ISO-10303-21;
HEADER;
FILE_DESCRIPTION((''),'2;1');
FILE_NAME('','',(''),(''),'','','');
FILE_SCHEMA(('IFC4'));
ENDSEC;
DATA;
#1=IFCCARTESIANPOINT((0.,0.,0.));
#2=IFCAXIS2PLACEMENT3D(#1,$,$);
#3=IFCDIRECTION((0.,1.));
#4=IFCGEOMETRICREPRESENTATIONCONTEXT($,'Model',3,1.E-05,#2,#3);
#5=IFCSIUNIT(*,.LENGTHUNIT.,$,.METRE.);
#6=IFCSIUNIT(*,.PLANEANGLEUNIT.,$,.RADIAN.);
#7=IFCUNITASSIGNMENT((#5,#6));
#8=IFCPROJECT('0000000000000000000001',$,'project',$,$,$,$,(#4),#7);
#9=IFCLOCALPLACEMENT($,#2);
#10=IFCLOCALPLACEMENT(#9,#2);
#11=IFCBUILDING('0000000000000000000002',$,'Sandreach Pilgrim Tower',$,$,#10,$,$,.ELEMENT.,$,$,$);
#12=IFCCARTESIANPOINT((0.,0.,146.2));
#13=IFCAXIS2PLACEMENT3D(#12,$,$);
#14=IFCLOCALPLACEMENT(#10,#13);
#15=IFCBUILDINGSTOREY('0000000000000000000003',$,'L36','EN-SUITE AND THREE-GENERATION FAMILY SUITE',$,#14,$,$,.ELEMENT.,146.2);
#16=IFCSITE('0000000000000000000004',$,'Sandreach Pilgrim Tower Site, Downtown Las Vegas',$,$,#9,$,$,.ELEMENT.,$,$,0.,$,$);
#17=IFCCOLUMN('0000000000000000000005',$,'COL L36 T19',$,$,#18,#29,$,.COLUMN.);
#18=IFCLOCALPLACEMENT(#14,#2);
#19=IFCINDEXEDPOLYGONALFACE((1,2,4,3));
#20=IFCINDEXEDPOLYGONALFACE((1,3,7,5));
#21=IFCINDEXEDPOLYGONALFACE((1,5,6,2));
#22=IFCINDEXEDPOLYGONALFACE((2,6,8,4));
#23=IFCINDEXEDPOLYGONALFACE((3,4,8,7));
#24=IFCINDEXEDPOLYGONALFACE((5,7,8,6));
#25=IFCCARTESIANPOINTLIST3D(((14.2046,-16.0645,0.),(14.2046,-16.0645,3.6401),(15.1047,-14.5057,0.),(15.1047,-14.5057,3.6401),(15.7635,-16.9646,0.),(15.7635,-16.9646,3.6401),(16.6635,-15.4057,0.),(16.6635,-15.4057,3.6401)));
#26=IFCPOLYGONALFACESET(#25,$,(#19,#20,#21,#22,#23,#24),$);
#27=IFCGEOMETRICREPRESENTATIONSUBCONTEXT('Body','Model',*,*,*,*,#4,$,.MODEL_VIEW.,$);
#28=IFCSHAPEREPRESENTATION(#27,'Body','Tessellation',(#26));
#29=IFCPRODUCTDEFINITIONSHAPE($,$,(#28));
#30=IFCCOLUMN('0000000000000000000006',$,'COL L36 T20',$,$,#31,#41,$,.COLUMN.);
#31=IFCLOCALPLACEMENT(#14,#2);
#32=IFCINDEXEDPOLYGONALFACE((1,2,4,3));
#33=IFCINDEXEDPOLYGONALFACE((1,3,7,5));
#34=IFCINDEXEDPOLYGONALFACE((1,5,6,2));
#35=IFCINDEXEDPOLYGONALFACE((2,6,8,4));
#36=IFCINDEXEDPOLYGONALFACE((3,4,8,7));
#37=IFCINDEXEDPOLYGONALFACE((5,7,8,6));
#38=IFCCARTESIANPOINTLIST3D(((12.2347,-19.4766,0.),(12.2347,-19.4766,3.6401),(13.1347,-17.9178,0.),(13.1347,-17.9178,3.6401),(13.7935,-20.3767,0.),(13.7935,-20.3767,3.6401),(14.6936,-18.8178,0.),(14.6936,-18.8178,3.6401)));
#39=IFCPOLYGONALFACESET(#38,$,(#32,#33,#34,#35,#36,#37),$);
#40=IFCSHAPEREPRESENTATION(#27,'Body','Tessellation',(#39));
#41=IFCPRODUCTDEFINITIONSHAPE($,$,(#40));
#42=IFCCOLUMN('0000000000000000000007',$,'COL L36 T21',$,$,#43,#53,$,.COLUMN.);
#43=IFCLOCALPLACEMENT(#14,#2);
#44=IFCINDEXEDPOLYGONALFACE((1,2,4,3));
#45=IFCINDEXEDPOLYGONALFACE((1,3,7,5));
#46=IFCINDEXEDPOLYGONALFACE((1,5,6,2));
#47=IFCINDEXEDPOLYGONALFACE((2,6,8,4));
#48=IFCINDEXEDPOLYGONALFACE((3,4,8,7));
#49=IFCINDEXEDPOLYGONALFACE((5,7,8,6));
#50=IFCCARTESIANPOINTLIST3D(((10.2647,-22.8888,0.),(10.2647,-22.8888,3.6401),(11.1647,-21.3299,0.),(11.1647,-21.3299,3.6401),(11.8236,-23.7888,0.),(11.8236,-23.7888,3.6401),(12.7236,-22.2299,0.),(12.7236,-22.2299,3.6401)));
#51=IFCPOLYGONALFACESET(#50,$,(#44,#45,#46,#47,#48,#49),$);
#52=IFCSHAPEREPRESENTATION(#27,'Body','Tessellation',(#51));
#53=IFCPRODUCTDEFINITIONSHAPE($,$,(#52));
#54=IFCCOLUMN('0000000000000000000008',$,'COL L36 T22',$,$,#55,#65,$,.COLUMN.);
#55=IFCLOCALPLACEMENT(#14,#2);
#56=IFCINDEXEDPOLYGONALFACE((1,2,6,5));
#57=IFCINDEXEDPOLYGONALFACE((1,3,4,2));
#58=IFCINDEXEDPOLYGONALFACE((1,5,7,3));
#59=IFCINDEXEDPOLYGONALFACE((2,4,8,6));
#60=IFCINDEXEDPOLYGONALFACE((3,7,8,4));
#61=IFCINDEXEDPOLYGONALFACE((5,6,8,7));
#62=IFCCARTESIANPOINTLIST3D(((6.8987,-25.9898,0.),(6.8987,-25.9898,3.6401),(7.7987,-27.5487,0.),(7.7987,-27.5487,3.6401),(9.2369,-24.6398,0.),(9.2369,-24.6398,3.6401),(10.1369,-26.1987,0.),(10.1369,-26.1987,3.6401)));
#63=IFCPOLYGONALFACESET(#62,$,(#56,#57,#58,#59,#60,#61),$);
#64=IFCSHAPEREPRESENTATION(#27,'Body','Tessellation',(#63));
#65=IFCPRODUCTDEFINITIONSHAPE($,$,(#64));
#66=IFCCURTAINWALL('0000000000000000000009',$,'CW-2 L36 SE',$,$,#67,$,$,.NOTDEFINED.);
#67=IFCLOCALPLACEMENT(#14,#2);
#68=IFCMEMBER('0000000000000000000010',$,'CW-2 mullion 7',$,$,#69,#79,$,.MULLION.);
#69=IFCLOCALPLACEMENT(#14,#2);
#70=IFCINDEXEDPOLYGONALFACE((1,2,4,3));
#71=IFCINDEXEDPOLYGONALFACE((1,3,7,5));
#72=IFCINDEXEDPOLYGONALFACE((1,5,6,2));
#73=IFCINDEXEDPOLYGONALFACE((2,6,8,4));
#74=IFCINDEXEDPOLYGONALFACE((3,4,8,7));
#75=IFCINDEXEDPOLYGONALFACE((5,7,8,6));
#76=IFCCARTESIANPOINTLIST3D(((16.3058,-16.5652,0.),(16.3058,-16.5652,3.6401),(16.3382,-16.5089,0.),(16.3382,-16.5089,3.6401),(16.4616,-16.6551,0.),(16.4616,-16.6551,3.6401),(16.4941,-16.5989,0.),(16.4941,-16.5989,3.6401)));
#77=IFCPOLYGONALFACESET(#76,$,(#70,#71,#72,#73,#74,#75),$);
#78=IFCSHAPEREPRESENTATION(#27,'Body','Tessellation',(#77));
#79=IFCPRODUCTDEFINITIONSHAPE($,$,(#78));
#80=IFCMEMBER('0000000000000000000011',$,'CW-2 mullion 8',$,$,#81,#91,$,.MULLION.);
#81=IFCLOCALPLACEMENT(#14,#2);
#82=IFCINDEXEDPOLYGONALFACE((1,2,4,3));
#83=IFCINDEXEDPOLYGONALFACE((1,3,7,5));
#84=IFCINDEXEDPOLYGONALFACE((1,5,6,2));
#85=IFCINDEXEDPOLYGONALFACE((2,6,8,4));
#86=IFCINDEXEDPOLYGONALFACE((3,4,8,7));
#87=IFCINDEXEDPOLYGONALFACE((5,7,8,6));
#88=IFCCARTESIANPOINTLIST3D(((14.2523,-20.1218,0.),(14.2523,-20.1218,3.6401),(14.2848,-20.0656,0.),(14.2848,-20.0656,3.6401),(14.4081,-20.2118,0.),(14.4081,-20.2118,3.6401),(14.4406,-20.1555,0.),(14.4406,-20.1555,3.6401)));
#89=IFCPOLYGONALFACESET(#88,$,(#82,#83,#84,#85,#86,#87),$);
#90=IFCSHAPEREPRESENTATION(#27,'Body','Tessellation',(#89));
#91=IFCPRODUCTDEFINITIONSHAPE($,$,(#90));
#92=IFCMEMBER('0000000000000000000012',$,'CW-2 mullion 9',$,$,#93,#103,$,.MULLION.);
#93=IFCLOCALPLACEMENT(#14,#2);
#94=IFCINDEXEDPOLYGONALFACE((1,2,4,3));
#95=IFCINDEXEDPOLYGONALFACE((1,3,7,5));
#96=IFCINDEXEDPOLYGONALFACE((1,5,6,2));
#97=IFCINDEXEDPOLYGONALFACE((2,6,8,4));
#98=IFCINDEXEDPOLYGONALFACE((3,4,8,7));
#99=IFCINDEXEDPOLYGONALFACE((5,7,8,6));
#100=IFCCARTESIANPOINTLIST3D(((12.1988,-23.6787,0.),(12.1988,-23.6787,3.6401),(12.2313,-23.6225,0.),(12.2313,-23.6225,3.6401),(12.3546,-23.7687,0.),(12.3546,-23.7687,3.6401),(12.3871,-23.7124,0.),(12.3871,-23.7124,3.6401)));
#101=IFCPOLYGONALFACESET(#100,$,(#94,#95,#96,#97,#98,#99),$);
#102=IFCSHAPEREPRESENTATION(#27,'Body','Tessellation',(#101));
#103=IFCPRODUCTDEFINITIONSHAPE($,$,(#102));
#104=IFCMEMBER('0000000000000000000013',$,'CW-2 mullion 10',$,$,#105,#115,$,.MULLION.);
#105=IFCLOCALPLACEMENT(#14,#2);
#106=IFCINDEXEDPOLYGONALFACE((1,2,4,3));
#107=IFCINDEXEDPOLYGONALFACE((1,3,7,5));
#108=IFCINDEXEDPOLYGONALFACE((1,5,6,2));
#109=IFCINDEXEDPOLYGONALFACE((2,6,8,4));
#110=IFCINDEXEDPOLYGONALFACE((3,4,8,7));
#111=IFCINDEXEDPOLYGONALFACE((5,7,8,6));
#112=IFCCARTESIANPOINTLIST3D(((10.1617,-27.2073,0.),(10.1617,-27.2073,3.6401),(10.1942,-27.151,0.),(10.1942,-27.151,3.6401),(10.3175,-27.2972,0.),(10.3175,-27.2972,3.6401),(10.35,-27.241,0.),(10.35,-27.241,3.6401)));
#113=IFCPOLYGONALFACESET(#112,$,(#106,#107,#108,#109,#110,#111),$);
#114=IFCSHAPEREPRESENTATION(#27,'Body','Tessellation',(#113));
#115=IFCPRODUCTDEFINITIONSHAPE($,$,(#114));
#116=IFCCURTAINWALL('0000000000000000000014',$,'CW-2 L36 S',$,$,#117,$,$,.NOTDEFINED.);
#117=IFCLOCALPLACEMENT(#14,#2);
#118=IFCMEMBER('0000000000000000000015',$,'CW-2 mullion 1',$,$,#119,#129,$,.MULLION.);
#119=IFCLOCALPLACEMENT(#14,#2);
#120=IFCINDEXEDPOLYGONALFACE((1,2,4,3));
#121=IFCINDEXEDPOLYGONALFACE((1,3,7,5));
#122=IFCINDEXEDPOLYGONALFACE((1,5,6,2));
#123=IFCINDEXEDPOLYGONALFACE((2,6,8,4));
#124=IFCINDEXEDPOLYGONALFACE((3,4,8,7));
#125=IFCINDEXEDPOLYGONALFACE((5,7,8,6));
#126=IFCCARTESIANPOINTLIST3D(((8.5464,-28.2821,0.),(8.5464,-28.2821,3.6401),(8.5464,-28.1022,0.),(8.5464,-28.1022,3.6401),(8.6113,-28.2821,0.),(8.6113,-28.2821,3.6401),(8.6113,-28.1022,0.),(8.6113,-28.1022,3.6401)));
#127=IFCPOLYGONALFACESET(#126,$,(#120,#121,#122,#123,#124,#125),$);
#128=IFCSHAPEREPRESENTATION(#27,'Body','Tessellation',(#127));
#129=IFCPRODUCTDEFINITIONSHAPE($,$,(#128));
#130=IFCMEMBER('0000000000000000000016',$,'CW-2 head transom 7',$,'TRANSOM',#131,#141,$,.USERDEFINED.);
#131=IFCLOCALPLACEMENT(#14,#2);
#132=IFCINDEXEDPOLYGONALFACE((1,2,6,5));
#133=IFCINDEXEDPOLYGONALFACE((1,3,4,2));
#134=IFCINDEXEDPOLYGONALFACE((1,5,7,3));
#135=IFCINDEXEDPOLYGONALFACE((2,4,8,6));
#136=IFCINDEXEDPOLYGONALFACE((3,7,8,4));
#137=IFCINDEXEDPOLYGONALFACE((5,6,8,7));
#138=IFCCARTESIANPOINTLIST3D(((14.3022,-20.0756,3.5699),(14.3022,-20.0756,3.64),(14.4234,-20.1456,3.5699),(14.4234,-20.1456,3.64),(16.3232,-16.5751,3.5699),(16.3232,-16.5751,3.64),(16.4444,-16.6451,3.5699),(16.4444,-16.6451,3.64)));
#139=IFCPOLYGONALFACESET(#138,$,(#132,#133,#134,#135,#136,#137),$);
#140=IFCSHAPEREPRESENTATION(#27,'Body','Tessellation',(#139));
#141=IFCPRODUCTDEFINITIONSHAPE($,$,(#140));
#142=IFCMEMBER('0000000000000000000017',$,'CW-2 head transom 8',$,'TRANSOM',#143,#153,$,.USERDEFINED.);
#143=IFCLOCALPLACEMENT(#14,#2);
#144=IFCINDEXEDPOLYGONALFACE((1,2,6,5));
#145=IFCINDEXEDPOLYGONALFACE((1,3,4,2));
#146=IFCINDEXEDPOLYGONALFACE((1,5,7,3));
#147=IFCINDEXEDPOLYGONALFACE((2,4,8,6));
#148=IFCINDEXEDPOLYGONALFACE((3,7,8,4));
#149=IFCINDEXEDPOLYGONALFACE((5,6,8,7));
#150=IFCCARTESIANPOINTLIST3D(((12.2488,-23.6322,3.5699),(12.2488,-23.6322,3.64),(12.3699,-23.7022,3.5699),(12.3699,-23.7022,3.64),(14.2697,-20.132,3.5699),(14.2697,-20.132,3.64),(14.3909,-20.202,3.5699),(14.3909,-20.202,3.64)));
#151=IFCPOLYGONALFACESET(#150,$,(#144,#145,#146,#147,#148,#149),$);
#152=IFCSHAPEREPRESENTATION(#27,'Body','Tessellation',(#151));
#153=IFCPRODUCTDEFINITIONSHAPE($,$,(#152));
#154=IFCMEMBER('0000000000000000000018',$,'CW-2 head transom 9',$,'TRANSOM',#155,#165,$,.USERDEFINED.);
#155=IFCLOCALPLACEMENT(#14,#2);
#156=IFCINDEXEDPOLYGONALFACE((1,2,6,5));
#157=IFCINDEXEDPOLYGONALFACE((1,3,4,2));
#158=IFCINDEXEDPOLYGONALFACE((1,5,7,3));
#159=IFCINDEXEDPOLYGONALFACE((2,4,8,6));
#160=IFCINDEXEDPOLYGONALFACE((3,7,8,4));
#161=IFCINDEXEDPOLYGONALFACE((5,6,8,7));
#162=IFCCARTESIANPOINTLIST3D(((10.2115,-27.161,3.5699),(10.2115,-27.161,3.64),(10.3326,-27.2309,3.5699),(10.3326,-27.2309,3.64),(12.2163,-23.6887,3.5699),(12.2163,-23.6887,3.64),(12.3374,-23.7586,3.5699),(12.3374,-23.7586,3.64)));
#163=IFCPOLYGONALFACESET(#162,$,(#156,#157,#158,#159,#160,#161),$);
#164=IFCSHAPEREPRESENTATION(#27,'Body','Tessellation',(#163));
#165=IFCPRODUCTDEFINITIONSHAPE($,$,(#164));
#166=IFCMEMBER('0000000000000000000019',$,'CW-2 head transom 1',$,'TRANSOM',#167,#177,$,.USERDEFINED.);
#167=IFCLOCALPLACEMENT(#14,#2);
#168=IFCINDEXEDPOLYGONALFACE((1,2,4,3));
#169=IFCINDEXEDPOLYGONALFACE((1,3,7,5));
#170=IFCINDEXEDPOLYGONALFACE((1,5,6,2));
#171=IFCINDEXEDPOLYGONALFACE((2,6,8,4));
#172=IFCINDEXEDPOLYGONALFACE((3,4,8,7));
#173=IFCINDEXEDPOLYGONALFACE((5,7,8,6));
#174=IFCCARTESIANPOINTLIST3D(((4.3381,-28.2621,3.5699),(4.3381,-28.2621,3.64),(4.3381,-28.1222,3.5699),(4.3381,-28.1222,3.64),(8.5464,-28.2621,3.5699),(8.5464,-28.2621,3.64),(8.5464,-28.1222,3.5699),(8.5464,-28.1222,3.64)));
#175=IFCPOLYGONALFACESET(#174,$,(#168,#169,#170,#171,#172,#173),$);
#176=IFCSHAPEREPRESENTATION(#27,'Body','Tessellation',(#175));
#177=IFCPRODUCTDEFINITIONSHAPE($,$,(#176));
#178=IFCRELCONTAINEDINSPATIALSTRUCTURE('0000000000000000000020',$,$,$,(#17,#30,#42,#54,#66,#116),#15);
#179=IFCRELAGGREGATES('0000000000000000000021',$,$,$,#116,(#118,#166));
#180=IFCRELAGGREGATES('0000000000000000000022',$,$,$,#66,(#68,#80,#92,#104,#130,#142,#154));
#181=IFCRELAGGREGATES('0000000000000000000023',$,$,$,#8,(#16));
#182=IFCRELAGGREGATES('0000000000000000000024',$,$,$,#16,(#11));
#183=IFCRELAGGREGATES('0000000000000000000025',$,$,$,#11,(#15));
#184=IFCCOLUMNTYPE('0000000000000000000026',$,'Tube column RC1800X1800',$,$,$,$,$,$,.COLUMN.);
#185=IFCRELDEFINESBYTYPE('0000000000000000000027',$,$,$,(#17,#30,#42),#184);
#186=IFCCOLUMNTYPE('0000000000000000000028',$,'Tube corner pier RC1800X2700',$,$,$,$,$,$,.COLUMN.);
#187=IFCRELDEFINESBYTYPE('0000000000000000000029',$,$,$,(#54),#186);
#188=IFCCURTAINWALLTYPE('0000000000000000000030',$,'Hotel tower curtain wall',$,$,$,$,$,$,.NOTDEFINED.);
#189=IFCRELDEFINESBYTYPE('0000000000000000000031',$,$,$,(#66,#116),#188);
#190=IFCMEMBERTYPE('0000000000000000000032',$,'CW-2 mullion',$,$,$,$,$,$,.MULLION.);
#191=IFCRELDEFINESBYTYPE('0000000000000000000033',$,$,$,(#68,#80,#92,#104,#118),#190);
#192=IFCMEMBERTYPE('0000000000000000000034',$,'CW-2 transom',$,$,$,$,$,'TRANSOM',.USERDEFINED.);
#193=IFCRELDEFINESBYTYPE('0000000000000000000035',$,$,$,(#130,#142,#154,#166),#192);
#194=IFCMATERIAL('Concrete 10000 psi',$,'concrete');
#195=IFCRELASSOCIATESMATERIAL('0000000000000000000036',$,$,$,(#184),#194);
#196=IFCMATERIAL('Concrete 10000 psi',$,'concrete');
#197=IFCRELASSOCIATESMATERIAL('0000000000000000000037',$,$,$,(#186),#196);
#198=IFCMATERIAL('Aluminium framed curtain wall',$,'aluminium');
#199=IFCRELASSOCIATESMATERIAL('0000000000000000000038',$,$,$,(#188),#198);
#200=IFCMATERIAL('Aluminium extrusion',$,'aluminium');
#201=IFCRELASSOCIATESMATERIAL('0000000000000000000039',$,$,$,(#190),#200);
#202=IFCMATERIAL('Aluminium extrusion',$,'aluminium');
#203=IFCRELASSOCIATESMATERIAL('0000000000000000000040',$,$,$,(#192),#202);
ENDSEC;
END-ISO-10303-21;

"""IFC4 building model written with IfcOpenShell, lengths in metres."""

from ifc_helpers import new_model, si_unit, direction, frame, origin, origin_2d, place, context, subcontext, project, spatial, rectangle, extrude, clip, halfspace, material, material_profile, profile_set, type_object, element, aggregate, save


model = new_model("IFC4")

# Units and contexts
model_context = context("Model", 3, precision=1e-05, world=origin(), true_north=direction((0.0, 1.0)))
body_context = subcontext(model_context, "Body", "Model", "MODEL_VIEW")
ifc_project = project(units=[si_unit("LENGTHUNIT", "METRE"), si_unit("PLANEANGLEUNIT", "RADIAN")], contexts=[model_context])

# Site, building, storey
site_placement = place(None, origin())
site = spatial("IfcSite", under=ifc_project, at=site_placement, Name="Sandreach Pilgrim Tower Site, Downtown Las Vegas", CompositionType="ELEMENT", RefElevation=0.0)
building_placement = place(site_placement, origin())
building = spatial("IfcBuilding", under=site, at=building_placement, Name="Sandreach Pilgrim Tower", CompositionType="ELEMENT")
storey_placement = place(building_placement, frame((0.0, 0.0, 146.2)))
storey = spatial("IfcBuildingStorey", under=building, at=storey_placement, Name="L36", Description="EN-SUITE AND THREE-GENERATION FAMILY SUITE", CompositionType="ELEMENT", Elevation=146.2)

# Columns
ifc_material_1 = material(Name="Concrete 10000 psi", Category="concrete")
ifc_material_profile_1 = material_profile(ifc_material_1, rectangle(XDim=1.8, YDim=1.8, at=origin_2d()), Name="RC1800X1800")
ifc_profile_set_1 = profile_set([ifc_material_profile_1], Name="Concrete 10000 psi")
column_type_1 = type_object("IfcColumnType", Name="Tube column RC1800X1800", PredefinedType="COLUMN", material=ifc_profile_set_1)
column_1_placement = place(storey_placement, frame((15.4341, -15.7351, 0.0), z_axis=(0.0, 0.0, 1.0), x_axis=(0.866025, -0.5, 0.0)))
element("IfcColumn", 1, at=column_1_placement, inside=storey, type_object=column_type_1, Name="COL L36 T19", PredefinedType="COLUMN", context=body_context, shape_type="SweptSolid", body=[
    clip(extrude(rectangle(XDim=1.8, YDim=1.8, at=origin_2d()), origin(), (0.0, 0.0, 1.0), 3.7456), halfspace(frame((0.0, 0.0, 3.6401)), False)),
])
column_2_placement = place(storey_placement, frame((13.4641, -19.1472, 0.0), z_axis=(0.0, 0.0, 1.0), x_axis=(0.866025, -0.5, 0.0)))
element("IfcColumn", 2, at=column_2_placement, inside=storey, type_object=column_type_1, Name="COL L36 T20", PredefinedType="COLUMN", context=body_context, shape_type="SweptSolid", body=[
    clip(extrude(rectangle(XDim=1.8, YDim=1.8, at=origin_2d()), origin(), (0.0, 0.0, 1.0), 3.7378), halfspace(frame((0.0, 0.0, 3.6401)), False)),
])
column_3_placement = place(storey_placement, frame((11.4941, -22.5593, 0.0), z_axis=(0.0, 0.0, 1.0), x_axis=(0.866025, -0.5, 0.0)))
element("IfcColumn", 3, at=column_3_placement, inside=storey, type_object=column_type_1, Name="COL L36 T21", PredefinedType="COLUMN", context=body_context, shape_type="SweptSolid", body=[
    clip(extrude(rectangle(XDim=1.8, YDim=1.8, at=origin_2d()), origin(), (0.0, 0.0, 1.0), 3.73), halfspace(frame((0.0, 0.0, 3.6401)), False)),
])
ifc_material_2 = material(Name="Concrete 10000 psi", Category="concrete")
ifc_material_profile_2 = material_profile(ifc_material_2, rectangle(XDim=1.8, YDim=2.7, at=origin_2d()), Name="RC1800X2700")
ifc_profile_set_2 = profile_set([ifc_material_profile_2], Name="Concrete 10000 psi")
column_type_2 = type_object("IfcColumnType", Name="Tube corner pier RC1800X2700", PredefinedType="COLUMN", material=ifc_profile_set_2)
column_4_placement = place(storey_placement, frame((8.5178, -26.0942, 0.0), z_axis=(0.0, 0.0, 1.0), x_axis=(0.5, -0.866025, 0.0)))
element("IfcColumn", 4, at=column_4_placement, inside=storey, type_object=column_type_2, Name="COL L36 T22", PredefinedType="COLUMN", context=body_context, shape_type="SweptSolid", body=[
    clip(extrude(rectangle(XDim=1.8, YDim=2.7, at=origin_2d()), origin(), (0.0, 0.0, 1.0), 3.7288), halfspace(frame((0.0, 0.0, 3.6401)), False)),
])

# Curtain wall, members
ifc_material_3 = material(Name="Aluminium framed curtain wall", Category="aluminium")
curtain_wall_type = type_object("IfcCurtainWallType", Name="Hotel tower curtain wall", PredefinedType="NOTDEFINED", material=ifc_material_3)
curtain_wall_1_placement = place(storey_placement, origin())
curtain_wall_1 = element("IfcCurtainWall", 5, at=curtain_wall_1_placement, inside=storey, type_object=curtain_wall_type, Name="CW-2 L36 SE", PredefinedType="NOTDEFINED")
ifc_material_4 = material(Name="Aluminium extrusion", Category="aluminium")
ifc_material_profile_3 = material_profile(ifc_material_4, rectangle(XDim=0.0649, YDim=0.1799, at=origin_2d()), Name="CW-2M 65X180")
ifc_profile_set_3 = profile_set([ifc_material_profile_3], Name="Aluminium extrusion")
member_type_1 = type_object("IfcMemberType", Name="CW-2 mullion", PredefinedType="MULLION", material=ifc_profile_set_3)
member_1_placement = place(storey_placement, frame((16.3999, -16.582, 0.0), z_axis=(0.0, 0.0, 1.0), x_axis=(-0.5, -0.866025, 0.0)))
member_1 = element("IfcMember", 6, at=member_1_placement, type_object=member_type_1, Name="CW-2 mullion 7", PredefinedType="MULLION", context=body_context, shape_type="SweptSolid", body=[
    extrude(rectangle(XDim=0.0649, YDim=0.1799, at=origin_2d()), origin(), (0.0, 0.0, 1.0), 3.6401),
])
member_2_placement = place(storey_placement, frame((14.3464, -20.1387, 0.0), z_axis=(0.0, 0.0, 1.0), x_axis=(-0.5, -0.866025, 0.0)))
member_2 = element("IfcMember", 7, at=member_2_placement, type_object=member_type_1, Name="CW-2 mullion 8", PredefinedType="MULLION", context=body_context, shape_type="SweptSolid", body=[
    extrude(rectangle(XDim=0.0649, YDim=0.1799, at=origin_2d()), origin(), (0.0, 0.0, 1.0), 3.6401),
])
member_3_placement = place(storey_placement, frame((12.293, -23.6956, 0.0), z_axis=(0.0, 0.0, 1.0), x_axis=(-0.5, -0.866025, 0.0)))
member_3 = element("IfcMember", 8, at=member_3_placement, type_object=member_type_1, Name="CW-2 mullion 9", PredefinedType="MULLION", context=body_context, shape_type="SweptSolid", body=[
    extrude(rectangle(XDim=0.0649, YDim=0.1799, at=origin_2d()), origin(), (0.0, 0.0, 1.0), 3.6401),
])
member_4_placement = place(storey_placement, frame((10.2559, -27.2241, 0.0), z_axis=(0.0, 0.0, 1.0), x_axis=(-0.5, -0.866025, 0.0)))
member_4 = element("IfcMember", 9, at=member_4_placement, type_object=member_type_1, Name="CW-2 mullion 10", PredefinedType="MULLION", context=body_context, shape_type="SweptSolid", body=[
    extrude(rectangle(XDim=0.0649, YDim=0.1799, at=origin_2d()), origin(), (0.0, 0.0, 1.0), 3.6401),
])

# Curtain wall, member
curtain_wall_2_placement = place(storey_placement, origin())
curtain_wall_2 = element("IfcCurtainWall", 10, at=curtain_wall_2_placement, inside=storey, type_object=curtain_wall_type, Name="CW-2 L36 S", PredefinedType="NOTDEFINED")
member_5_placement = place(storey_placement, frame((8.5789, -28.1921, 0.0), z_axis=(0.0, 0.0, 1.0), x_axis=(-1.0, 0.0, 0.0)))
member_5 = element("IfcMember", 11, at=member_5_placement, type_object=member_type_1, Name="CW-2 mullion 1", PredefinedType="MULLION", context=body_context, shape_type="SweptSolid", body=[
    extrude(rectangle(XDim=0.0649, YDim=0.1799, at=origin_2d()), origin(), (0.0, 0.0, 1.0), 3.6401),
])

# Members
ifc_material_5 = material(Name="Aluminium extrusion", Category="aluminium")
ifc_material_profile_4 = material_profile(ifc_material_5, rectangle(XDim=0.1399, YDim=0.0701, at=origin_2d()), Name="CW-2T 140X70")
ifc_profile_set_4 = profile_set([ifc_material_profile_4], Name="Aluminium extrusion")
member_type_2 = type_object("IfcMemberType", Name="CW-2 transom", ElementType="TRANSOM", PredefinedType="USERDEFINED", material=ifc_profile_set_4)
member_6_placement = place(storey_placement, frame((16.3838, -16.6101, 3.605), z_axis=(-0.499998, -0.866027, 0.0), x_axis=(0.866027, -0.499998, 0.0)))
member_6 = element("IfcMember", 12, at=member_6_placement, type_object=member_type_2, Name="CW-2 head transom 7", ObjectType="TRANSOM", PredefinedType="USERDEFINED", context=body_context, shape_type="SweptSolid", body=[
    extrude(rectangle(XDim=0.1399, YDim=0.0701, at=origin_2d()), origin(), (0.0, 0.0, 1.0), 4.042),
])
member_7_placement = place(storey_placement, frame((14.3303, -20.167, 3.605), z_axis=(-0.500024, -0.866012, 0.0), x_axis=(0.866012, -0.500024, 0.0)))
member_7 = element("IfcMember", 13, at=member_7_placement, type_object=member_type_2, Name="CW-2 head transom 8", ObjectType="TRANSOM", PredefinedType="USERDEFINED", context=body_context, shape_type="SweptSolid", body=[
    extrude(rectangle(XDim=0.1399, YDim=0.0701, at=origin_2d()), origin(), (0.0, 0.0, 1.0), 4.0417),
])
member_8_placement = place(storey_placement, frame((12.2769, -23.7236, 3.605), z_axis=(-0.500016, -0.866016, 0.0), x_axis=(0.866016, -0.500016, 0.0)))
member_8 = element("IfcMember", 14, at=member_8_placement, type_object=member_type_2, Name="CW-2 head transom 9", ObjectType="TRANSOM", PredefinedType="USERDEFINED", context=body_context, shape_type="SweptSolid", body=[
    extrude(rectangle(XDim=0.1399, YDim=0.0701, at=origin_2d()), origin(), (0.0, 0.0, 1.0), 4.0095),
])
member_9_placement = place(storey_placement, frame((8.5464, -28.1921, 3.605), z_axis=(-1.0, 0.0, 0.0), x_axis=(0.0, -1.0, 0.0)))
member_9 = element("IfcMember", 15, at=member_9_placement, type_object=member_type_2, Name="CW-2 head transom 1", ObjectType="TRANSOM", PredefinedType="USERDEFINED", context=body_context, shape_type="SweptSolid", body=[
    extrude(rectangle(XDim=0.1399, YDim=0.0701, at=origin_2d()), origin(), (0.0, 0.0, 1.0), 4.2083),
])
aggregate(curtain_wall_2, [member_5, member_9])

aggregate(curtain_wall_1, [member_1, member_2, member_3, member_4, member_6, member_7, member_8])

save(model, "model.ifc")
